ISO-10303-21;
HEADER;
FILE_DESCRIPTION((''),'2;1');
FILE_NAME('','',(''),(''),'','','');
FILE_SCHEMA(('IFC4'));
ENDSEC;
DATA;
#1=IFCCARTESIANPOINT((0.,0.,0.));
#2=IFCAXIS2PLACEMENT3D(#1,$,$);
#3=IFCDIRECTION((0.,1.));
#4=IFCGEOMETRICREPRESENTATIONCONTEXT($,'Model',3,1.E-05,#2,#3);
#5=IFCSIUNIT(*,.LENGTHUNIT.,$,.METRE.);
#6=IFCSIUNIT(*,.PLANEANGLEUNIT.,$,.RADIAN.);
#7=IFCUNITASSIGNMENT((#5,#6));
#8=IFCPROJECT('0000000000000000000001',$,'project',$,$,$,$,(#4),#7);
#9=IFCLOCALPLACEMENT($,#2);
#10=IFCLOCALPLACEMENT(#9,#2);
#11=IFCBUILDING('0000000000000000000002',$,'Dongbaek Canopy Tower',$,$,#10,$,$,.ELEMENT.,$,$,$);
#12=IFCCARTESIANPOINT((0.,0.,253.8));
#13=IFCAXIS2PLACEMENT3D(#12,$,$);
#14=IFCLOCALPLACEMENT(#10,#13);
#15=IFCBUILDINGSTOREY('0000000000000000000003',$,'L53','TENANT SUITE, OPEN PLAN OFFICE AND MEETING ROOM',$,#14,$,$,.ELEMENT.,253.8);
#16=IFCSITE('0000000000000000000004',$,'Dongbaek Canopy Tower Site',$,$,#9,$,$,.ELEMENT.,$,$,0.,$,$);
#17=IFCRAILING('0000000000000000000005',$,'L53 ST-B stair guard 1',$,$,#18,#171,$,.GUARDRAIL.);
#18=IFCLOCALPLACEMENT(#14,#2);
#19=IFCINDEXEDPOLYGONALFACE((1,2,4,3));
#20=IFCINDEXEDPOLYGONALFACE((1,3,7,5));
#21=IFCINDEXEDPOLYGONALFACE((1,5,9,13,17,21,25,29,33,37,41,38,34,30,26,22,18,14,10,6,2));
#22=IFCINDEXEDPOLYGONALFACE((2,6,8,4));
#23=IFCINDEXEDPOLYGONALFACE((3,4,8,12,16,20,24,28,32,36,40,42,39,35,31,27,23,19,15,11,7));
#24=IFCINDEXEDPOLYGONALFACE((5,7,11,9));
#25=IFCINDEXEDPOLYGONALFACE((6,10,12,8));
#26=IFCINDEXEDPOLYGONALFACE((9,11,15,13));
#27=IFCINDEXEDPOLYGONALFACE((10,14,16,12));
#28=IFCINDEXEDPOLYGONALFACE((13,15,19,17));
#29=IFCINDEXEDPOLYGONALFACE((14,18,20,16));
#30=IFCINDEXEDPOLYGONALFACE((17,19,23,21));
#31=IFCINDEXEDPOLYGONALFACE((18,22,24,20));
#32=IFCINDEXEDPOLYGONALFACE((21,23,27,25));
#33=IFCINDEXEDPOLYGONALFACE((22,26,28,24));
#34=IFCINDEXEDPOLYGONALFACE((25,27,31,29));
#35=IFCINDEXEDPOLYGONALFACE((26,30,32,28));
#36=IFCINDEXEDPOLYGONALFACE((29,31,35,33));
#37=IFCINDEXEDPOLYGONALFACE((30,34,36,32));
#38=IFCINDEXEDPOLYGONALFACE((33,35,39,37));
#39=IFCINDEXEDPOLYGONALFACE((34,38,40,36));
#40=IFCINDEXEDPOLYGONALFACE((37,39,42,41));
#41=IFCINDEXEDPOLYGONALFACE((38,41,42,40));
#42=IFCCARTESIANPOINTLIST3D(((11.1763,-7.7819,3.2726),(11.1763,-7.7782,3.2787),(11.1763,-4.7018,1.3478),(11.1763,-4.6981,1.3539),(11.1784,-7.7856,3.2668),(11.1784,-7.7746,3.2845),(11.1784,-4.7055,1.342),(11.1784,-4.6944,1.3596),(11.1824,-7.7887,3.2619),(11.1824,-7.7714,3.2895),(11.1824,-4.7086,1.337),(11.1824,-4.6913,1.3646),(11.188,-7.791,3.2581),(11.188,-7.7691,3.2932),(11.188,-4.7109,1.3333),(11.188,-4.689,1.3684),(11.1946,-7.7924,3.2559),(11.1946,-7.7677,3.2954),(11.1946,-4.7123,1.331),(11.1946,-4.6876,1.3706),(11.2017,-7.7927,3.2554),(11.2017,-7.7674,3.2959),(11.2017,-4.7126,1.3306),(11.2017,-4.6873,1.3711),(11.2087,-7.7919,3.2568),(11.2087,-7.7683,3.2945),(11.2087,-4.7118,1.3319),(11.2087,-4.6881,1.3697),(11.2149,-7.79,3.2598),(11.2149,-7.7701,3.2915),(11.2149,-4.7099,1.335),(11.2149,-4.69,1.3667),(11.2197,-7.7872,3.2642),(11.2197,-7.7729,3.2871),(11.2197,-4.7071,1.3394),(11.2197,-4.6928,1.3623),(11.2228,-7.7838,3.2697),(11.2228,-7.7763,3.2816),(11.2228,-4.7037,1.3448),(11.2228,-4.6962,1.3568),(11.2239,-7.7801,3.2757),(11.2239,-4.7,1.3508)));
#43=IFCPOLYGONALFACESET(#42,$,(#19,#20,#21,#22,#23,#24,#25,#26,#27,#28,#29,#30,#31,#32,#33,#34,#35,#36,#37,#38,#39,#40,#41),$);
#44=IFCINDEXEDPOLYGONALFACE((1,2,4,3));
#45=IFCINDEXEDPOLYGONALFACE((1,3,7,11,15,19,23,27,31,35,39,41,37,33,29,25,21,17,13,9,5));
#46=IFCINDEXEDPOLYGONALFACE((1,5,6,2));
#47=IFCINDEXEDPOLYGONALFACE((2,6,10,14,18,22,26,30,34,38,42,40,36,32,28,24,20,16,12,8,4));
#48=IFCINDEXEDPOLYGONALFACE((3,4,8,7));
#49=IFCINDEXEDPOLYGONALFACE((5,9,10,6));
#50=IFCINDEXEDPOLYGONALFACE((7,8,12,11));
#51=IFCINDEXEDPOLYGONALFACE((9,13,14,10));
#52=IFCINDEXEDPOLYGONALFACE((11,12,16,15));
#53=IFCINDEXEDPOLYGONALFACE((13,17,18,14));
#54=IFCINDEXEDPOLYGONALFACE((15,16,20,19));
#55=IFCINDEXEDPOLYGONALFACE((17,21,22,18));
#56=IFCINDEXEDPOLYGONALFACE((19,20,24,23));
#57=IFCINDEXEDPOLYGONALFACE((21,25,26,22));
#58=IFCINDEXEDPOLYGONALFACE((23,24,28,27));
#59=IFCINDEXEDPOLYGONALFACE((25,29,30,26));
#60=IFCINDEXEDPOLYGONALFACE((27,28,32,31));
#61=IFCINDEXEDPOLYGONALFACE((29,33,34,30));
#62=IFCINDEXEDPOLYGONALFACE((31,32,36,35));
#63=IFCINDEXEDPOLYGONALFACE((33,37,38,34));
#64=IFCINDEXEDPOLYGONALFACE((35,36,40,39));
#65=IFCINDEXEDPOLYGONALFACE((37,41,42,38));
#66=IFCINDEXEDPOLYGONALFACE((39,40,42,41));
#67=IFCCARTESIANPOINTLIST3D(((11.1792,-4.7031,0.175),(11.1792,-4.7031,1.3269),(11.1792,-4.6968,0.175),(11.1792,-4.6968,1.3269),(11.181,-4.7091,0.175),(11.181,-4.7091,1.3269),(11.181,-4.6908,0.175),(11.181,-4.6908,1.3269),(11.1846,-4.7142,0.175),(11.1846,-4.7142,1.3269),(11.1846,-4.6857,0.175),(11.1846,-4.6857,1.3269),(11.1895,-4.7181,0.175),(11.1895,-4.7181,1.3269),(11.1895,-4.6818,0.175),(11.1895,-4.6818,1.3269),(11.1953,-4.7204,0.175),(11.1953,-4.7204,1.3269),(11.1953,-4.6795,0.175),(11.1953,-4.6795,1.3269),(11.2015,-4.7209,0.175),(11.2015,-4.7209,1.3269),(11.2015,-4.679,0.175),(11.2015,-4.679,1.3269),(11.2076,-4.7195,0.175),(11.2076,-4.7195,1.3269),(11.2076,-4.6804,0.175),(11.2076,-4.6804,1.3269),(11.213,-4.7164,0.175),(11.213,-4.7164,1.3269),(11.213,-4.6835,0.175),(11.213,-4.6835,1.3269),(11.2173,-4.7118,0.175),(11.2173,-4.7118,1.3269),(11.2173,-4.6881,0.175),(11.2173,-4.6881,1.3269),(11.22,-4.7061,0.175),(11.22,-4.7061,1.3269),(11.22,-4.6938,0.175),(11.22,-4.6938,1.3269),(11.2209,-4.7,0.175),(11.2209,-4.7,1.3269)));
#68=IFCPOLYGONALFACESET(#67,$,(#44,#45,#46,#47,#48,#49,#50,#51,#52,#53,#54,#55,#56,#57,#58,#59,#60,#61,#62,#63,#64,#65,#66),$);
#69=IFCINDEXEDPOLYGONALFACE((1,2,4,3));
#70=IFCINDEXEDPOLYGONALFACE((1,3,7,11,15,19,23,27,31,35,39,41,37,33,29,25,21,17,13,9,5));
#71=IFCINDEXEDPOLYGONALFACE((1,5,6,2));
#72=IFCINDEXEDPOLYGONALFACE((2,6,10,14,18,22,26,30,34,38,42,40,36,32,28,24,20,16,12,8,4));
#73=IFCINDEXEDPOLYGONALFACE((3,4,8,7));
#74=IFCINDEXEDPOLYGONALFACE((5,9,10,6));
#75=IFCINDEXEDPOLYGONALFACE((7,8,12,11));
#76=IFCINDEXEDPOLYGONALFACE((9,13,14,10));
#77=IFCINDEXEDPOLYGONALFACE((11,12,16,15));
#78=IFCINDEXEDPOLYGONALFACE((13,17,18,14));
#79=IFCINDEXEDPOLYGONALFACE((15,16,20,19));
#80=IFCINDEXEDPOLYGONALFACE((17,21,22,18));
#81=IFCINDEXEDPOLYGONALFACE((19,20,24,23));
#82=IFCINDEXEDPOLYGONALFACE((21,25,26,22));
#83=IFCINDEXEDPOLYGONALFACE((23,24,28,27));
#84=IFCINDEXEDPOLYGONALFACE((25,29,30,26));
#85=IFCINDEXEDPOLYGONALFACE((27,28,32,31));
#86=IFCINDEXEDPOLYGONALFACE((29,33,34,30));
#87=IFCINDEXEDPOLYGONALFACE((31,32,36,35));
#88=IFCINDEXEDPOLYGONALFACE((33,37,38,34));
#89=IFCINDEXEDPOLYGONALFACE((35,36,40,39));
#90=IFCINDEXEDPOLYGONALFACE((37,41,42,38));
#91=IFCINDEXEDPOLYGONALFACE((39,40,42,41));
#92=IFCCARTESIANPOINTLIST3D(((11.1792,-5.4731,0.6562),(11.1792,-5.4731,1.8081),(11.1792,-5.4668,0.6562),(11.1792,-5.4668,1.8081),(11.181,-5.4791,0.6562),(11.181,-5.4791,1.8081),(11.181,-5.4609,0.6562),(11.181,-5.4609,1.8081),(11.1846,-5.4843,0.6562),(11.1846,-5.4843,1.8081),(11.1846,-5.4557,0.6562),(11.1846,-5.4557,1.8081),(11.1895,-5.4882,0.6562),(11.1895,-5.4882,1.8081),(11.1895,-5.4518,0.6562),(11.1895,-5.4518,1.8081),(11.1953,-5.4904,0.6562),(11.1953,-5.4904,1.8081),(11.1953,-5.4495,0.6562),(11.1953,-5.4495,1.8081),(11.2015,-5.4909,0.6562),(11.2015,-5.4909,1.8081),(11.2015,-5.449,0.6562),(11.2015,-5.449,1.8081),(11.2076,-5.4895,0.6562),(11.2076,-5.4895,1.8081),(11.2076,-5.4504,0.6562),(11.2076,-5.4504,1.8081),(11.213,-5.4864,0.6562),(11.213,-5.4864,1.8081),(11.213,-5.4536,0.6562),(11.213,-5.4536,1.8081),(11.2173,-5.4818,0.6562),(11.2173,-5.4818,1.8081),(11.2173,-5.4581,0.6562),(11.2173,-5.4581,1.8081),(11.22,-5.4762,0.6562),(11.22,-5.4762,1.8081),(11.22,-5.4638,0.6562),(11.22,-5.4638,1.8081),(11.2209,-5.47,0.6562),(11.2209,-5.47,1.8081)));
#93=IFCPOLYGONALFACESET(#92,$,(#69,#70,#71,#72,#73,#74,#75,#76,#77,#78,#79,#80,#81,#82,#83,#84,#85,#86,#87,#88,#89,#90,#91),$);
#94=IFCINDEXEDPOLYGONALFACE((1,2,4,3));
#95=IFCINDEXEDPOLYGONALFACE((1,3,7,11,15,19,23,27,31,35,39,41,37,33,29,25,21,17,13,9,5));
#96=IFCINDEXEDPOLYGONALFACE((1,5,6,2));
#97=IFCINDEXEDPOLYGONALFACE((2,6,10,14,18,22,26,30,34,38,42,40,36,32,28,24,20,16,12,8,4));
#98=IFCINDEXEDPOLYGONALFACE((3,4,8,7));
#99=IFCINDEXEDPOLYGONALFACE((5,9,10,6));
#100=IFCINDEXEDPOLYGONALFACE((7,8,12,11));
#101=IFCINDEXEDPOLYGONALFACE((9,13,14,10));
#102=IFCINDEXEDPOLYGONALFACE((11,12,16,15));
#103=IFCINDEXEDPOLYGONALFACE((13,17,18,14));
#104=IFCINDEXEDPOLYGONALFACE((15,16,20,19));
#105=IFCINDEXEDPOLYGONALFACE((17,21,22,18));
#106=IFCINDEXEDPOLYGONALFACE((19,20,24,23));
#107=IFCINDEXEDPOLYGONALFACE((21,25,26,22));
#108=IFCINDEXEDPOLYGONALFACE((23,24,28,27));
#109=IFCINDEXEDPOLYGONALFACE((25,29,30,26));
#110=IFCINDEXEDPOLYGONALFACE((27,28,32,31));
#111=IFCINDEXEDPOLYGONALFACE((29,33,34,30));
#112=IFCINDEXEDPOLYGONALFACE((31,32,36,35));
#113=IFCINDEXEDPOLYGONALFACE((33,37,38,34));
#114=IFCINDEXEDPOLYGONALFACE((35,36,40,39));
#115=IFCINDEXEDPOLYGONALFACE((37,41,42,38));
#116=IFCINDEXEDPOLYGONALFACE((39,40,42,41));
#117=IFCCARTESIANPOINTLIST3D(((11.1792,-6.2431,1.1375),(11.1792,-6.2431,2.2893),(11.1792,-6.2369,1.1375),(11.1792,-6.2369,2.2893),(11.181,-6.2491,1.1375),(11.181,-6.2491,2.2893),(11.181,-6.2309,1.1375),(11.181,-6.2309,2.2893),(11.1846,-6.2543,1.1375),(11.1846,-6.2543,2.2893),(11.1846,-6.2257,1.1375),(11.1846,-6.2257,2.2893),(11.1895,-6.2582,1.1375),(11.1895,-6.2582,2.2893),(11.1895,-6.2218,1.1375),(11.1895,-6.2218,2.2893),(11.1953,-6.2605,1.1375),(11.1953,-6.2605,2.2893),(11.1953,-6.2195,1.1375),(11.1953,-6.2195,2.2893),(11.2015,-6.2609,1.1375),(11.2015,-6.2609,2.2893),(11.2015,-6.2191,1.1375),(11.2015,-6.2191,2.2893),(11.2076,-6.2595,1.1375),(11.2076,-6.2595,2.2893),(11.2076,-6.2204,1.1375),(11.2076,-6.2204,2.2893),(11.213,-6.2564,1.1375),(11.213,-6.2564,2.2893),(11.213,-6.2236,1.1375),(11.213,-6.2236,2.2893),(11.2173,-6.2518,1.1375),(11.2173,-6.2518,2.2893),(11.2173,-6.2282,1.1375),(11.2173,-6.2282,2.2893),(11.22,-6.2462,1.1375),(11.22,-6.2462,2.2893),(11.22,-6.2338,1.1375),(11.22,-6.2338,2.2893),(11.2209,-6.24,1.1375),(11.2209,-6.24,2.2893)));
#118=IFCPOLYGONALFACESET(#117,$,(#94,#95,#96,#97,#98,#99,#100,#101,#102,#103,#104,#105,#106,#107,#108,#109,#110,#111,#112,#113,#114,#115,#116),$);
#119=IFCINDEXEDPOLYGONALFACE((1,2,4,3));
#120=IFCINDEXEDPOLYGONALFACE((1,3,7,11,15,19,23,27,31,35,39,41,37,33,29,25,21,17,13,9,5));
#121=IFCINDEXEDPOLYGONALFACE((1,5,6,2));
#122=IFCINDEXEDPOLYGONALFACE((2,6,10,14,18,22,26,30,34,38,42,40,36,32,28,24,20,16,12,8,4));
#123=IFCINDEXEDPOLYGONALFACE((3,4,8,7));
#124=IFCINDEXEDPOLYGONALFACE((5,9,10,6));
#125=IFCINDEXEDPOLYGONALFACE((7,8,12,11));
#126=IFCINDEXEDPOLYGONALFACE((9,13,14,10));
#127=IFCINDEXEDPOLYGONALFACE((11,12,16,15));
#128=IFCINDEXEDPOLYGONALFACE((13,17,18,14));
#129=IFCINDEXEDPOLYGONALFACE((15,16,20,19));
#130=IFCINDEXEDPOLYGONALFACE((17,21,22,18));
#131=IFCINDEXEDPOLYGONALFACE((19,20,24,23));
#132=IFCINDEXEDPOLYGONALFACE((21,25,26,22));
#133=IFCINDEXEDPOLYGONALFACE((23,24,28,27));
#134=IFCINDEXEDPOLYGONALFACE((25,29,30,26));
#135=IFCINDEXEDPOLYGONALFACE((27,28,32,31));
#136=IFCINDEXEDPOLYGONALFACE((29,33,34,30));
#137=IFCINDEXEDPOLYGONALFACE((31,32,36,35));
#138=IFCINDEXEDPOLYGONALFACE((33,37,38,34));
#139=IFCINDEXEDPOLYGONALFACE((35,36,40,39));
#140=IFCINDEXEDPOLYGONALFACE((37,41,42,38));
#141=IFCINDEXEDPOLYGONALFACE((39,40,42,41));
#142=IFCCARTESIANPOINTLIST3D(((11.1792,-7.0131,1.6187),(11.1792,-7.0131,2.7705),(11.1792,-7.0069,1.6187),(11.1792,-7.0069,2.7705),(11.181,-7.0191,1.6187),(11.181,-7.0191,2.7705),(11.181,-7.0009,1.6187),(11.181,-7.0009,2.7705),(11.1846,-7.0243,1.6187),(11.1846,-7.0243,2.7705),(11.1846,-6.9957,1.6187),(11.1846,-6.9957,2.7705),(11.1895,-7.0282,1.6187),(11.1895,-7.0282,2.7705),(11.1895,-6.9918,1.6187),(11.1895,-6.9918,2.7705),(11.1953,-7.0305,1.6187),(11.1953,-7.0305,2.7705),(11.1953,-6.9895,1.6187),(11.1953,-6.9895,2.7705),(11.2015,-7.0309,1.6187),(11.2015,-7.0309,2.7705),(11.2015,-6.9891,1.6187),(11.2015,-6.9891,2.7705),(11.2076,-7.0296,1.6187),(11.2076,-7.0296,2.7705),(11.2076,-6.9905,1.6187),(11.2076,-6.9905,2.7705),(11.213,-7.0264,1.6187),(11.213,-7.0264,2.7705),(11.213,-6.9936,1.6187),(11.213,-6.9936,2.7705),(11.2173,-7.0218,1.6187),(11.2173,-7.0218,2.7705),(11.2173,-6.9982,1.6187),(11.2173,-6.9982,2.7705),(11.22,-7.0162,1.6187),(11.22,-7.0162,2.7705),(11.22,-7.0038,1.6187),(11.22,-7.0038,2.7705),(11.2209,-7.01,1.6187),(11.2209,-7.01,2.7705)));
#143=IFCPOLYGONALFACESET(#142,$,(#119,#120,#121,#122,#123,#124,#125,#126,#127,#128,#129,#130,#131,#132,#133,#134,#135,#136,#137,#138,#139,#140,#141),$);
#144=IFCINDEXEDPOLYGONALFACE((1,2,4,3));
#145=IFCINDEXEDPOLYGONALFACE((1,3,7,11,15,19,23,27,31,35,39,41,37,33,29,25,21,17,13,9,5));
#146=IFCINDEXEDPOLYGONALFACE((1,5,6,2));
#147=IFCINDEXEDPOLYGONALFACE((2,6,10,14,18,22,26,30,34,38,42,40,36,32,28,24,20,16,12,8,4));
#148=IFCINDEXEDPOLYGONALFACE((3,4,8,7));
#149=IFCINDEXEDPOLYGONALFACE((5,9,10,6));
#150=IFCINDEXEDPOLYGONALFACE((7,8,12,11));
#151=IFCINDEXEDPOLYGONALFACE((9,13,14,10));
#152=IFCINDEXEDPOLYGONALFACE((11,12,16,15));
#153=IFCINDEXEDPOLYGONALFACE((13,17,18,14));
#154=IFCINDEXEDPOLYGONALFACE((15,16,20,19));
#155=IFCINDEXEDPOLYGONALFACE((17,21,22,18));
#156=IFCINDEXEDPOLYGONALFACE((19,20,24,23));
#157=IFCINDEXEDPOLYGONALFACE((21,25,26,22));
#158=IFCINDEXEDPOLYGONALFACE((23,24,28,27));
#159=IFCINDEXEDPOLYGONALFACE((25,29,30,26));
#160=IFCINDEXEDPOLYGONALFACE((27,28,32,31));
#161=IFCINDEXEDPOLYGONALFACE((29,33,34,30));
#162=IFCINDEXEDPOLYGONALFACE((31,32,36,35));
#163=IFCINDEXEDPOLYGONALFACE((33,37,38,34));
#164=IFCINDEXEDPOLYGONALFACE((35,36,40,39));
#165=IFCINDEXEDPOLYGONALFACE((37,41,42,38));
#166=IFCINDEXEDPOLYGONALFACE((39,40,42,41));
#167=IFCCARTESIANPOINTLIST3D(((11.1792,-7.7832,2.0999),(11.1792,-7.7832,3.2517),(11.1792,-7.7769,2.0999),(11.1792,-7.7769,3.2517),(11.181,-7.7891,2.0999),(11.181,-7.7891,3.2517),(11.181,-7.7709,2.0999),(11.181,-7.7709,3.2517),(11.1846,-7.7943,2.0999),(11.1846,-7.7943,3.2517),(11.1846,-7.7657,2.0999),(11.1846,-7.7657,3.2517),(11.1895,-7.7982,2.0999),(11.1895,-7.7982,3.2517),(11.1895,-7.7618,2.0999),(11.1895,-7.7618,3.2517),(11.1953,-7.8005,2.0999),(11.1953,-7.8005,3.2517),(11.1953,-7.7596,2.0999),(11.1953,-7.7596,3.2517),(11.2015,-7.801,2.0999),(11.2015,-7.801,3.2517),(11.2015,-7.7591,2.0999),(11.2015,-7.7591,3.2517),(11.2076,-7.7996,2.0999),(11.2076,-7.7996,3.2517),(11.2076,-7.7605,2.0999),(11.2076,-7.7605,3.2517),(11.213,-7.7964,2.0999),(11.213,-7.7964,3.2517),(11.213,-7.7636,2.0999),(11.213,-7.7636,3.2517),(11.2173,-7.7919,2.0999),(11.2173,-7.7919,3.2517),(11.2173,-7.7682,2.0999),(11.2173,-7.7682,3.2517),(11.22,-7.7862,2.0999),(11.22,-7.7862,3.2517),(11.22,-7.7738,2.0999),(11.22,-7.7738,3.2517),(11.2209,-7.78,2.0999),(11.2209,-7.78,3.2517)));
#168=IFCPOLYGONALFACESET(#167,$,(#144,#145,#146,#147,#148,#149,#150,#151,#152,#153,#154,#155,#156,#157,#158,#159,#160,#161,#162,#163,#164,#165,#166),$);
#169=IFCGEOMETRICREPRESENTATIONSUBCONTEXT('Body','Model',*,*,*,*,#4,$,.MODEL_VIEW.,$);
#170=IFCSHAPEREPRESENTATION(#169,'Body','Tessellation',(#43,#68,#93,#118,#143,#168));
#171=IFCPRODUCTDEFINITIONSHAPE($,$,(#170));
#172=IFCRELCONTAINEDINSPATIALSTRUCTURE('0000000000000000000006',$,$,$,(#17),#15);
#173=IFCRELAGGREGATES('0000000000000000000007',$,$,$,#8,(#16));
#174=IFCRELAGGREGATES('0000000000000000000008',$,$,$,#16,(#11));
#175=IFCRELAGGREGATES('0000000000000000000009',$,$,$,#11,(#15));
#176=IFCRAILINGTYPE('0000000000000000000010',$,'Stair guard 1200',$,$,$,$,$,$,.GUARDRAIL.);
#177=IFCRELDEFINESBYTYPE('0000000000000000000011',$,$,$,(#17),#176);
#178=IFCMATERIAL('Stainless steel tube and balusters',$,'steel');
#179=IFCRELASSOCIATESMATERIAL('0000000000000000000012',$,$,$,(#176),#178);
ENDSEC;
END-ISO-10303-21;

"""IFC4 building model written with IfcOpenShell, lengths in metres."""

from ifc_helpers import new_model, si_unit, direction, frame, origin, origin_2d, place, context, subcontext, project, spatial, circle, extrude, material, type_object, element, save


model = new_model("IFC4")

# Units and contexts
model_context = context("Model", 3, precision=1e-05, world=origin(), true_north=direction((0.0, 1.0)))
body_context = subcontext(model_context, "Body", "Model", "MODEL_VIEW")
ifc_project = project(units=[si_unit("LENGTHUNIT", "METRE"), si_unit("PLANEANGLEUNIT", "RADIAN")], contexts=[model_context])

# Site, building, storey
site_placement = place(None, origin())
site = spatial("IfcSite", under=ifc_project, at=site_placement, Name="Dongbaek Canopy Tower Site", CompositionType="ELEMENT", RefElevation=0.0)
building_placement = place(site_placement, origin())
building = spatial("IfcBuilding", under=site, at=building_placement, Name="Dongbaek Canopy Tower", CompositionType="ELEMENT")
storey_placement = place(building_placement, frame((0.0, 0.0, 253.8)))
storey = spatial("IfcBuildingStorey", under=building, at=storey_placement, Name="L53", Description="TENANT SUITE, OPEN PLAN OFFICE AND MEETING ROOM", CompositionType="ELEMENT", Elevation=253.8)

# Railing
ifc_material_1 = material(Name="Stainless steel tube and balusters", Category="steel")
railing_type_1 = type_object("IfcRailingType", Name="Stair guard 1200", PredefinedType="GUARDRAIL", material=ifc_material_1)
railing_1_placement = place(storey_placement, frame((11.2, -4.7, 0.175)))
element("IfcRailing", 1, at=railing_1_placement, inside=storey, type_object=railing_type_1, Name="L53 ST-B stair guard 1", PredefinedType="GUARDRAIL", context=body_context, shape_type="SweptSolid", body=[
    extrude(circle(Radius=0.0239, at=origin_2d()), frame((0.0, 0.0, 1.1758), z_axis=(0.0, -0.848029, 0.529951), x_axis=(1.0, 0.0, 0.0)), (0.0, 0.0, 1.0), 3.6321),
    extrude(circle(Radius=0.021, at=origin_2d()), origin(), (0.0, 0.0, 1.0), 1.1519),
    extrude(circle(Radius=0.021, at=origin_2d()), frame((0.0, -0.77, 0.4812)), (0.0, 0.0, 1.0), 1.1519),
    extrude(circle(Radius=0.021, at=origin_2d()), frame((0.0, -1.54, 0.9624)), (0.0, 0.0, 1.0), 1.1519),
    extrude(circle(Radius=0.021, at=origin_2d()), frame((0.0, -2.3101, 1.4436)), (0.0, 0.0, 1.0), 1.1519),
    extrude(circle(Radius=0.021, at=origin_2d()), frame((0.0, -3.0801, 1.9248)), (0.0, 0.0, 1.0), 1.1519),
])

save(model, "model.ifc")
